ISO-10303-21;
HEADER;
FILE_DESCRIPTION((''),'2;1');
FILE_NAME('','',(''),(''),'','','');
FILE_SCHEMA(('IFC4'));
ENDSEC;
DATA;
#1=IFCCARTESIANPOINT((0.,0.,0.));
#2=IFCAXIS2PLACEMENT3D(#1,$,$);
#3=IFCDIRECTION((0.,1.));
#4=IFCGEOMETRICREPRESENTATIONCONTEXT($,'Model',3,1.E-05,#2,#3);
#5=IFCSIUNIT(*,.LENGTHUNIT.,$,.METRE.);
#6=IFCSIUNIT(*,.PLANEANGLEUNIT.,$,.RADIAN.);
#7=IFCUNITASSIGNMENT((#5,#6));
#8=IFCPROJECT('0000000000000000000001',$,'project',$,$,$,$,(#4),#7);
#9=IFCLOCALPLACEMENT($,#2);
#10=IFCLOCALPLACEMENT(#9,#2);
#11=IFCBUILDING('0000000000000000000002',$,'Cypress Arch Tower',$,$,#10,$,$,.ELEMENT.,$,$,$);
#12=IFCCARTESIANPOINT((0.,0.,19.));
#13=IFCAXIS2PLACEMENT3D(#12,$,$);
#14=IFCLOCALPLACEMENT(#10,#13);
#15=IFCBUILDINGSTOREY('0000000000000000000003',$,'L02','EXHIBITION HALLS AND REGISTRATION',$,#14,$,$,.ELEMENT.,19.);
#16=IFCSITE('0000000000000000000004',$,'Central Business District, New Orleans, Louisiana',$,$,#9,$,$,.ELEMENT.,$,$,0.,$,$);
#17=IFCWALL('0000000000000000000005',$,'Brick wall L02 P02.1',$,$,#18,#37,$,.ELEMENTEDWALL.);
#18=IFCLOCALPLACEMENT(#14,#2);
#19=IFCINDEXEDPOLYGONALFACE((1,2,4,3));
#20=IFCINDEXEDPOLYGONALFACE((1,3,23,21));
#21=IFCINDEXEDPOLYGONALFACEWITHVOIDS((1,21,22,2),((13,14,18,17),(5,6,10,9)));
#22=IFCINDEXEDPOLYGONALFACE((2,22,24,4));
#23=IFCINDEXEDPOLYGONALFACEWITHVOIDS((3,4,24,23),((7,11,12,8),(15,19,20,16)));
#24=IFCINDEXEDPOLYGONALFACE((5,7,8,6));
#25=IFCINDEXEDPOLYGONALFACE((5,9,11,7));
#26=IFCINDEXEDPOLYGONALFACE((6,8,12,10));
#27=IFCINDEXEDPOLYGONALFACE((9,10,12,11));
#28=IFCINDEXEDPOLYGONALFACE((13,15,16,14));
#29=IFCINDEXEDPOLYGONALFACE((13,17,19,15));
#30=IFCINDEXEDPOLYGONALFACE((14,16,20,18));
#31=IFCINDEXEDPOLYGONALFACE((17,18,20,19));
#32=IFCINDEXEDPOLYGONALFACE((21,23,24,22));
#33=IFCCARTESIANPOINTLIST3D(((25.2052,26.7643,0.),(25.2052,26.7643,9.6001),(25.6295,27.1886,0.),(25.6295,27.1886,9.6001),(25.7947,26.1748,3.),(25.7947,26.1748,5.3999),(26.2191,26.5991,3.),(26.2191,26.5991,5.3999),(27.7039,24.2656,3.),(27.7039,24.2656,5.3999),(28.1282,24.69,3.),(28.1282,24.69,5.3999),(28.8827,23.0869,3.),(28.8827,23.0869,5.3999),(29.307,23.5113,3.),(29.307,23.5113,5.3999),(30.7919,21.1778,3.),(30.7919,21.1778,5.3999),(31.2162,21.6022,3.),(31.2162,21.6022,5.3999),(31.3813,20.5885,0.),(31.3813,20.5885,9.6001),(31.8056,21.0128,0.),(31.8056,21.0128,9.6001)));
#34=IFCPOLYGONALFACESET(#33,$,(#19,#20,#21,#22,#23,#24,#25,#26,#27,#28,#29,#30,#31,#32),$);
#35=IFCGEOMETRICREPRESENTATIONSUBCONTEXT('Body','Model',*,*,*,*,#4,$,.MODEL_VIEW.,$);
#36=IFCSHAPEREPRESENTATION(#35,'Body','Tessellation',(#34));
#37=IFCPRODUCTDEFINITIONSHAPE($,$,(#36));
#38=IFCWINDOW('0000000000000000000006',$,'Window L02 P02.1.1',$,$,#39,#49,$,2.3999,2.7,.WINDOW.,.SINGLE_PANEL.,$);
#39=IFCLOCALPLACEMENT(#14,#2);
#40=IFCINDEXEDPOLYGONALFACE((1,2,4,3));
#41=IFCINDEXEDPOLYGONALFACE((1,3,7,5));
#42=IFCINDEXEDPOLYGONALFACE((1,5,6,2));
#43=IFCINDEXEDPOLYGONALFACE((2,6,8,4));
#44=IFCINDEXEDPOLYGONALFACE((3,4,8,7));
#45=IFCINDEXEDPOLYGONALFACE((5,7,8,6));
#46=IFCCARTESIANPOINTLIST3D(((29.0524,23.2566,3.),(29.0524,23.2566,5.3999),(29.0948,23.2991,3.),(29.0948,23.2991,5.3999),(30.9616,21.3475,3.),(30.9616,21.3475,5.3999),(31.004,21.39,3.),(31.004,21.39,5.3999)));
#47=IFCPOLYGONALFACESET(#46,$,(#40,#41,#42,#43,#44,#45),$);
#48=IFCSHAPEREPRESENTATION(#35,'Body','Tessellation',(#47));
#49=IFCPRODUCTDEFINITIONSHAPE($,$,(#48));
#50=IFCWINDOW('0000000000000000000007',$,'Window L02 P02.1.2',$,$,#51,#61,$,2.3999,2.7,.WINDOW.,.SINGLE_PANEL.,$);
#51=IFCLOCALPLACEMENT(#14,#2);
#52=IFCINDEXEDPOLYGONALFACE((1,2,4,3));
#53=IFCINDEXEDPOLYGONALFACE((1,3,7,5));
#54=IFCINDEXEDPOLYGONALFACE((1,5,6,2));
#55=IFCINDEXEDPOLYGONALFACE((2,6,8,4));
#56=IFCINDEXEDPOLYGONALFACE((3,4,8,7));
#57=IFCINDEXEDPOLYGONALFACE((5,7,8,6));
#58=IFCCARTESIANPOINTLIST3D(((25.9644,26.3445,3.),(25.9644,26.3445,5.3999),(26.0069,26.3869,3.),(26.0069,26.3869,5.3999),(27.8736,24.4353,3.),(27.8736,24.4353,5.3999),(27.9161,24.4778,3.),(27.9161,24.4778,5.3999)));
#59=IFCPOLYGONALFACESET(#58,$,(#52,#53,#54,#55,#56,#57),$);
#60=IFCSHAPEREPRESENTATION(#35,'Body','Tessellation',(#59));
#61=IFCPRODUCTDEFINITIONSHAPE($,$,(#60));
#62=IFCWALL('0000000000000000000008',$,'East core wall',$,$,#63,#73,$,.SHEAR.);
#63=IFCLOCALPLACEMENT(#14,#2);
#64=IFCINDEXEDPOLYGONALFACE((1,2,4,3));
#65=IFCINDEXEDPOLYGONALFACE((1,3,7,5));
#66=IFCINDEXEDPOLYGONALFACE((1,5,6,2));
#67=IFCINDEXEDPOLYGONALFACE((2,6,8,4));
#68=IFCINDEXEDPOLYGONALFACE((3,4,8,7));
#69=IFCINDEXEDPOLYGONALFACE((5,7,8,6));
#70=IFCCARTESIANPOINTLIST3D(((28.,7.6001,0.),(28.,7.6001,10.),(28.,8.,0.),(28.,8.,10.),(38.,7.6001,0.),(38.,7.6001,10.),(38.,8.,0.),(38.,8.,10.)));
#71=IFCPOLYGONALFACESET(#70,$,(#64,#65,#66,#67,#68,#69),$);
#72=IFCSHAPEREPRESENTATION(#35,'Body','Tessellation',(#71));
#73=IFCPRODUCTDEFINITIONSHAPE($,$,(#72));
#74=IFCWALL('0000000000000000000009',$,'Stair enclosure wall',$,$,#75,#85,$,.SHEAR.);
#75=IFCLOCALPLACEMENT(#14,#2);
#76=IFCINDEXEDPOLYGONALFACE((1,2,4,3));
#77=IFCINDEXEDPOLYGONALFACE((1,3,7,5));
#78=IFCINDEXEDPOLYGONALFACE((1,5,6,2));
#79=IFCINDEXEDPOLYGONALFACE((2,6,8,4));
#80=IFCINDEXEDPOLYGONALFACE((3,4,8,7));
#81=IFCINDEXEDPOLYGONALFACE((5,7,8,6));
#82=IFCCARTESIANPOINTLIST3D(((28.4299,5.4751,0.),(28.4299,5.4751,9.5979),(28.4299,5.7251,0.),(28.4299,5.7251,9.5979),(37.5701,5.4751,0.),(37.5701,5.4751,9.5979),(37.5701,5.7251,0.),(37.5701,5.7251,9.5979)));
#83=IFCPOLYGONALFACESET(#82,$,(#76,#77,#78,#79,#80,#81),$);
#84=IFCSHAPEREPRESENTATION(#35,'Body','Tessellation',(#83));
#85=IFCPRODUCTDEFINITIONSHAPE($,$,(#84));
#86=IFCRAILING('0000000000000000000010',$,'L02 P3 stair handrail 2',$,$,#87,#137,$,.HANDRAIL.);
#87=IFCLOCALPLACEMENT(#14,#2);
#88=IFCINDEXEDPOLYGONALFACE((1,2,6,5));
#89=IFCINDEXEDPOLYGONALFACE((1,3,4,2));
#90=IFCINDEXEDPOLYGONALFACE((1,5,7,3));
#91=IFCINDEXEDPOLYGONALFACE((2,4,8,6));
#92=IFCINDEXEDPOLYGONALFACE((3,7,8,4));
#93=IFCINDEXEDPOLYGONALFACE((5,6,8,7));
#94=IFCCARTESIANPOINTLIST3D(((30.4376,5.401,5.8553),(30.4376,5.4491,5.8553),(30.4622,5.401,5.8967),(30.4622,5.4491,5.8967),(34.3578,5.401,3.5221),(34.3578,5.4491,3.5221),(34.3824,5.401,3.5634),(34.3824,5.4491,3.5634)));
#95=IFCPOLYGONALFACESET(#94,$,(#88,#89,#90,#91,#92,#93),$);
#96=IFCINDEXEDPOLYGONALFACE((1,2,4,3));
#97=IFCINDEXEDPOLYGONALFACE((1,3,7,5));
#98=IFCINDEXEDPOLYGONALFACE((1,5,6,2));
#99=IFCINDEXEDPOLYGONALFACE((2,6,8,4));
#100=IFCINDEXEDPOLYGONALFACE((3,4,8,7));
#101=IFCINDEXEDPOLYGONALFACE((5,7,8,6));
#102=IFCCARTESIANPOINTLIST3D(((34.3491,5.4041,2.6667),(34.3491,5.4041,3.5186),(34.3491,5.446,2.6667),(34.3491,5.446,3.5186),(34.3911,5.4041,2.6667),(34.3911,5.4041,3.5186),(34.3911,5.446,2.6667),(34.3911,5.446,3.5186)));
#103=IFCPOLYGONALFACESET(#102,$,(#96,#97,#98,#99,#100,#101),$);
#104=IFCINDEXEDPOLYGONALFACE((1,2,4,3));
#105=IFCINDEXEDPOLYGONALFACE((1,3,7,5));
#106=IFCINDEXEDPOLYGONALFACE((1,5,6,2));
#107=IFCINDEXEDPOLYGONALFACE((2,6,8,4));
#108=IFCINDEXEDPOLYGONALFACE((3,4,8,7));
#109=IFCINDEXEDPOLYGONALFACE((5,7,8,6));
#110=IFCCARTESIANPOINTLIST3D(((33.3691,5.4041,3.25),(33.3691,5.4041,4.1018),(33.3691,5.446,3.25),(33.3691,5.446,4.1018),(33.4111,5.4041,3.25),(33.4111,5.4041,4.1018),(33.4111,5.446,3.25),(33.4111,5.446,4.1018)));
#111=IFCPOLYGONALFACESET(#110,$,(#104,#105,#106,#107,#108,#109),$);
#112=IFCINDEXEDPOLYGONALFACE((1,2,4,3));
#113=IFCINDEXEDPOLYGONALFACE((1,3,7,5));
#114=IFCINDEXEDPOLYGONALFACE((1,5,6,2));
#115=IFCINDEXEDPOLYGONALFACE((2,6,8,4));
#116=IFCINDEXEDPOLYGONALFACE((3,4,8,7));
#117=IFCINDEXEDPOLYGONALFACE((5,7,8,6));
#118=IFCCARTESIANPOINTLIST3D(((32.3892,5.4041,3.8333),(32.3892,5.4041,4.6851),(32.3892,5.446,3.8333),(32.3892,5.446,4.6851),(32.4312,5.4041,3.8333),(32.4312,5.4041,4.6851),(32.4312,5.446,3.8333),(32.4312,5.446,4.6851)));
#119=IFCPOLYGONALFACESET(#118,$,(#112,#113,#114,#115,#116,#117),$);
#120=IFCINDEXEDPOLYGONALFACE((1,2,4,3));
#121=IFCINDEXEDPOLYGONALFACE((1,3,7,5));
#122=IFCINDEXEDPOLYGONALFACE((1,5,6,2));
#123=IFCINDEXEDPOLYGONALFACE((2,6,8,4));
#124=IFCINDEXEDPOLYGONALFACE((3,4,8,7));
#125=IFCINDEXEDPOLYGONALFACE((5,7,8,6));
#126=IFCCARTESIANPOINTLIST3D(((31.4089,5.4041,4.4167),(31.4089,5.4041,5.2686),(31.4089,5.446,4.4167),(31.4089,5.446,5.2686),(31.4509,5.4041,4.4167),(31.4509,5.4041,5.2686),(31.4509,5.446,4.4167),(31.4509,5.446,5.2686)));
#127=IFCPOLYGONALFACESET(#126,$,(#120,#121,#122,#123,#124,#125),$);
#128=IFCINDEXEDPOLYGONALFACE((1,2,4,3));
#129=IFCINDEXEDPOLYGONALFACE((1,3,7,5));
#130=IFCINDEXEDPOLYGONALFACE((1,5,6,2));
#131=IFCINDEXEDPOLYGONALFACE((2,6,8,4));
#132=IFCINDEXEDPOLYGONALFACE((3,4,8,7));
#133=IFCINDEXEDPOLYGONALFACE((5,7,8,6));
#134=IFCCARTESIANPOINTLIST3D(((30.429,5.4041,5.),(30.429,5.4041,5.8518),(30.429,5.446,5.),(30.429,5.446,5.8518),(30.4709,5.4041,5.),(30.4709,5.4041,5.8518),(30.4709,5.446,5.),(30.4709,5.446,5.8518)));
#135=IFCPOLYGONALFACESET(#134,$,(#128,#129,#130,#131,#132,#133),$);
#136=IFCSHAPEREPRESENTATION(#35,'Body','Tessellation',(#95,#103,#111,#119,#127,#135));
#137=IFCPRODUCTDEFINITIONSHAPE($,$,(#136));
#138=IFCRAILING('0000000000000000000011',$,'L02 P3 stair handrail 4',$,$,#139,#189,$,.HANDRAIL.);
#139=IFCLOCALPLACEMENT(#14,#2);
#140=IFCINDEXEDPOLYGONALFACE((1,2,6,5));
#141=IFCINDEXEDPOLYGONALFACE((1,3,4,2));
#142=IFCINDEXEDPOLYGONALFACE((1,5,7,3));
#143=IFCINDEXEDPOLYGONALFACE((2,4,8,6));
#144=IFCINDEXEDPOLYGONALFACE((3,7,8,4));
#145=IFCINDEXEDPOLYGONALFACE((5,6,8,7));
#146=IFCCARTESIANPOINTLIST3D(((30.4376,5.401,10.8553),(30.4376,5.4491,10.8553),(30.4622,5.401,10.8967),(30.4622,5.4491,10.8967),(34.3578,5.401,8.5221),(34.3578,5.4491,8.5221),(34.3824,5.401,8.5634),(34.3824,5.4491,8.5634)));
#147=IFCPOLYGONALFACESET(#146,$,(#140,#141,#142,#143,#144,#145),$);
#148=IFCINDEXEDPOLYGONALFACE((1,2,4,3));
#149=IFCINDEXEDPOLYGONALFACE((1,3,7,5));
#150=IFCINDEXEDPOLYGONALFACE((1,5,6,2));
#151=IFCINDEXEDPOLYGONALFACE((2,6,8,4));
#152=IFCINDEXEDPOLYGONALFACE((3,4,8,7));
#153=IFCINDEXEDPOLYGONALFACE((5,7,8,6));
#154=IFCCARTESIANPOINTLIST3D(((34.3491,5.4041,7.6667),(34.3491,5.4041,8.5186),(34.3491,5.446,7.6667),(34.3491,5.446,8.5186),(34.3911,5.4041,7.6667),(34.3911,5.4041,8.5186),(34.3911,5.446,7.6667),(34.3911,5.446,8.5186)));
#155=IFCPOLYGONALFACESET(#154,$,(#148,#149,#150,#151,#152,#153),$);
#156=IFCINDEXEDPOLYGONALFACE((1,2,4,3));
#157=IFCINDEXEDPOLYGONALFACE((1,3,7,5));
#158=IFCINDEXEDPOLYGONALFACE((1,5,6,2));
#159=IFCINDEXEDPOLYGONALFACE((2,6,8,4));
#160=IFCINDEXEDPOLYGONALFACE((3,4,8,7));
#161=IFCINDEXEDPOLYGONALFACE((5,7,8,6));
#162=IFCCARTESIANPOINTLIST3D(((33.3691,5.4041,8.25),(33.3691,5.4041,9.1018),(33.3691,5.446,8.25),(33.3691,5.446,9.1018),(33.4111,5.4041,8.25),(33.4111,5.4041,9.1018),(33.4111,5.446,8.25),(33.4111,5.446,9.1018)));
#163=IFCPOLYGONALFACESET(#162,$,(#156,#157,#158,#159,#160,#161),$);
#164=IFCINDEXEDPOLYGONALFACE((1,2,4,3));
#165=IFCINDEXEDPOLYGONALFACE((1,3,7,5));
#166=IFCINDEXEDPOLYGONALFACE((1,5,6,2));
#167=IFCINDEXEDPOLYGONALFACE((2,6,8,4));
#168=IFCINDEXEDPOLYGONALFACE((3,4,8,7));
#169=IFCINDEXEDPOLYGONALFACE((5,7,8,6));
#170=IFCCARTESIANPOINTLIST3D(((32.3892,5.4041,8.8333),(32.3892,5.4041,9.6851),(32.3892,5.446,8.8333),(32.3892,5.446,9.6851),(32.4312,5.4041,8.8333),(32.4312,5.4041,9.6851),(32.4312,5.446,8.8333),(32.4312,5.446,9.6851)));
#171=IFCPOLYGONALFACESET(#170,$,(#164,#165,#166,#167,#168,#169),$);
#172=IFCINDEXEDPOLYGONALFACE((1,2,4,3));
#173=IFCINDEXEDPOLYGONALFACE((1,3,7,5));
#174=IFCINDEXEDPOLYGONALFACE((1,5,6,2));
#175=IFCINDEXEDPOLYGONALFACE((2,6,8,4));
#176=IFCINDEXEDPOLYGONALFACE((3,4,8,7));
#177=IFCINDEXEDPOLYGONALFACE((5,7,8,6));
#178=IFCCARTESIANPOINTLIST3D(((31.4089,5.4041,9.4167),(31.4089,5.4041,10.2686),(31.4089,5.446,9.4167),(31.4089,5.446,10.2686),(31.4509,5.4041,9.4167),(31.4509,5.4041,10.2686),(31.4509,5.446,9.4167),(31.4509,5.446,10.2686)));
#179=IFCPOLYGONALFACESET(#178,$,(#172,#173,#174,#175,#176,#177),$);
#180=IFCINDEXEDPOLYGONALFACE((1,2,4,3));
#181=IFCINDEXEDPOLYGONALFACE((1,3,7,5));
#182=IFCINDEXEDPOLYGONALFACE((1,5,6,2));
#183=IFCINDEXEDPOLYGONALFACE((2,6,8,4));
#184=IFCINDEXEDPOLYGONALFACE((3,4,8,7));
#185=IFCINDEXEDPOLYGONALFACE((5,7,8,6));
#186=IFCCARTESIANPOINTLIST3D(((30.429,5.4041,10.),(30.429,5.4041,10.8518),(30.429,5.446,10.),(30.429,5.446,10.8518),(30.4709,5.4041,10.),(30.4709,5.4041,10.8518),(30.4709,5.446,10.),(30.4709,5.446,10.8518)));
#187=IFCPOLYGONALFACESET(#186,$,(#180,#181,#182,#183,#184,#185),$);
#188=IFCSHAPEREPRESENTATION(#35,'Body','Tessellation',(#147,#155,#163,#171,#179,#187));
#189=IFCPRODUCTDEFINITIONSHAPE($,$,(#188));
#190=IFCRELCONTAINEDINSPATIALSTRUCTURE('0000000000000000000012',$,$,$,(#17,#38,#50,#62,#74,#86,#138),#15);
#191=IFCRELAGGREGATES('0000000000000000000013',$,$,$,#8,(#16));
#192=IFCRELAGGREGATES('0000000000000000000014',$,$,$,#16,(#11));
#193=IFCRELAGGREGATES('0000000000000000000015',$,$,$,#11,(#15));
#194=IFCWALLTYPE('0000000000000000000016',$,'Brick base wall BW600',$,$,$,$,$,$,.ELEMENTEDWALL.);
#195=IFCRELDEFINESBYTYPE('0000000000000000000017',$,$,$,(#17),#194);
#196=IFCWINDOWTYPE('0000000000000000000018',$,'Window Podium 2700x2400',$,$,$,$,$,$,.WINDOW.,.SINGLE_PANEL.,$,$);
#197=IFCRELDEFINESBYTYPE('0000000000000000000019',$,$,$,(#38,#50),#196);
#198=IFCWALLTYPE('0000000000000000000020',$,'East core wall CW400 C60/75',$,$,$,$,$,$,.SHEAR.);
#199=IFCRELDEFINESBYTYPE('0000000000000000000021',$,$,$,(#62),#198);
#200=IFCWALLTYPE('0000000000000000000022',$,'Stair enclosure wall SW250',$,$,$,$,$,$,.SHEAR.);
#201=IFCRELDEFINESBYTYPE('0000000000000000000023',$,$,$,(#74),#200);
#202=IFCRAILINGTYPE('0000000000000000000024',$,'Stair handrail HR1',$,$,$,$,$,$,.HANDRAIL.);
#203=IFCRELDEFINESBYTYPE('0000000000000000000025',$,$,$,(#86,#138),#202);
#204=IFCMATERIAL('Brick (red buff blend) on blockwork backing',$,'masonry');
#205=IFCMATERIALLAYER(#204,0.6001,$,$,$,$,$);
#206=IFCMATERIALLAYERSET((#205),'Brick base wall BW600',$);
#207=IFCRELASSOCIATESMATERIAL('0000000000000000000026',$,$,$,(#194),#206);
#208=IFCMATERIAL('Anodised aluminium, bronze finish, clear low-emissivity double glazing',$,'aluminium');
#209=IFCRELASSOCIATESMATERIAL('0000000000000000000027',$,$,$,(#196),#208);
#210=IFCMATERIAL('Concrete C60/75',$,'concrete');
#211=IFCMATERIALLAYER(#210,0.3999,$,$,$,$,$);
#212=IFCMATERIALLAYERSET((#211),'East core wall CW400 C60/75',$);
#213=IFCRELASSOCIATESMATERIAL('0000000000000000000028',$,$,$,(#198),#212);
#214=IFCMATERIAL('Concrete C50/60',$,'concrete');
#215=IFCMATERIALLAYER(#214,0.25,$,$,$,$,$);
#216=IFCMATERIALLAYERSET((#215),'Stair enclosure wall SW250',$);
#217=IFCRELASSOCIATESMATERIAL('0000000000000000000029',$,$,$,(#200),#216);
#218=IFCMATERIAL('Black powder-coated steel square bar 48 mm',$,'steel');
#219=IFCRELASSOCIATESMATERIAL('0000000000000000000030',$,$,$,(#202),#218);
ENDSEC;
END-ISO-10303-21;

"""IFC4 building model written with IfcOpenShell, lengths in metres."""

from ifc_helpers import new_model, si_unit, direction, frame, frame_2d, origin, origin_2d, place, context, subcontext, project, spatial, rectangle, extrude, material, layer, layer_set, type_object, element, fill, save


model = new_model("IFC4")

# Units and contexts
model_context = context("Model", 3, precision=1e-05, world=origin(), true_north=direction((0.0, 1.0)))
body_context = subcontext(model_context, "Body", "Model", "MODEL_VIEW")
ifc_project = project(units=[si_unit("LENGTHUNIT", "METRE"), si_unit("PLANEANGLEUNIT", "RADIAN")], contexts=[model_context])

# Site, building, storey
site_placement = place(None, origin())
site = spatial("IfcSite", under=ifc_project, at=site_placement, Name="Central Business District, New Orleans, Louisiana", CompositionType="ELEMENT", RefElevation=0.0)
building_placement = place(site_placement, origin())
building = spatial("IfcBuilding", under=site, at=building_placement, Name="Cypress Arch Tower", CompositionType="ELEMENT")
storey_placement = place(building_placement, frame((0.0, 0.0, 19.0)))
storey = spatial("IfcBuildingStorey", under=building, at=storey_placement, Name="L02", Description="EXHIBITION HALLS AND REGISTRATION", CompositionType="ELEMENT", Elevation=19.0)

# Wall, openings, windows
ifc_material_1 = material(Name="Brick (red buff blend) on blockwork backing", Category="masonry")
ifc_layer_1 = layer(ifc_material_1, 0.6001)
ifc_layer_set_1 = layer_set([ifc_layer_1], Name="Brick base wall BW600")
wall_type_1 = type_object("IfcWallType", Name="Brick base wall BW600", PredefinedType="ELEMENTEDWALL", material=ifc_layer_set_1)
ifc_material_2 = material(Name="Anodised aluminium, bronze finish, clear low-emissivity double glazing", Category="aluminium")
window_type_1 = type_object("IfcWindowType", Name="Window Podium 2700x2400", PartitioningType="SINGLE_PANEL", PredefinedType="WINDOW", material=ifc_material_2)
wall_1_placement = place(storey_placement, frame((31.5935, 20.8005, 0.0), z_axis=(0.0, 0.0, 1.0), x_axis=(-0.707121, 0.707093, 0.0)))
wall_1 = element("IfcWall", 1, at=wall_1_placement, inside=storey, type_object=wall_type_1, Name="Brick wall L02 P02.1", PredefinedType="ELEMENTEDWALL", context=body_context, shape_type="SweptSolid", body=[
    extrude(rectangle(XDim=8.7341, YDim=0.6001, at=frame_2d((4.3672, 0.0))), origin(), (0.0, 0.0, 1.0), 9.6001),
])
opening_1_placement = place(wall_1_placement, frame((0.8335, 0.0, 3.0)))
opening_1 = element("IfcOpeningElement", 2, at=opening_1_placement, cuts=wall_1, PredefinedType="OPENING", context=body_context, shape_type="SweptSolid", body=[
    extrude(rectangle(XDim=2.7, YDim=2.3999, at=frame_2d((1.3501, 1.2))), frame((0.0, 0.3101, 0.0), z_axis=(0.0, -1.0, 0.0), x_axis=(1.0, 0.0, 0.0)), (0.0, 0.0, 1.0), 0.6201),
])
opening_2_placement = place(wall_1_placement, frame((5.2004, 0.0, 3.0)))
opening_2 = element("IfcOpeningElement", 3, at=opening_2_placement, cuts=wall_1, PredefinedType="OPENING", context=body_context, shape_type="SweptSolid", body=[
    extrude(rectangle(XDim=2.7, YDim=2.3999, at=frame_2d((1.3501, 1.2))), frame((0.0, 0.3101, 0.0), z_axis=(0.0, -1.0, 0.0), x_axis=(1.0, 0.0, 0.0)), (0.0, 0.0, 1.0), 0.6201),
])
window_1_placement = place(opening_1_placement, origin())
window_1 = element("IfcWindow", 4, at=window_1_placement, inside=storey, type_object=window_type_1, Name="Window L02 P02.1.1", OverallHeight=2.3999, OverallWidth=2.7, PartitioningType="SINGLE_PANEL", PredefinedType="WINDOW", context=body_context, shape_type="SweptSolid", body=[
    extrude(rectangle(XDim=2.7, YDim=2.3999, at=frame_2d((1.3501, 1.2))), frame((0.0, 0.0601, 0.0), z_axis=(0.0, -1.0, 0.0), x_axis=(1.0, 0.0, 0.0)), (0.0, 0.0, 1.0), 0.0601),
])
fill(opening_1, window_1)
window_2_placement = place(opening_2_placement, origin())
window_2 = element("IfcWindow", 5, at=window_2_placement, inside=storey, type_object=window_type_1, Name="Window L02 P02.1.2", OverallHeight=2.3999, OverallWidth=2.7, PartitioningType="SINGLE_PANEL", PredefinedType="WINDOW", context=body_context, shape_type="SweptSolid", body=[
    extrude(rectangle(XDim=2.7, YDim=2.3999, at=frame_2d((1.3501, 1.2))), frame((0.0, 0.0601, 0.0), z_axis=(0.0, -1.0, 0.0), x_axis=(1.0, 0.0, 0.0)), (0.0, 0.0, 1.0), 0.0601),
])
fill(opening_2, window_2)

# Walls
ifc_material_3 = material(Name="Concrete C60/75", Category="concrete")
ifc_layer_2 = layer(ifc_material_3, 0.3999)
ifc_layer_set_2 = layer_set([ifc_layer_2], Name="East core wall CW400 C60/75")
wall_type_2 = type_object("IfcWallType", Name="East core wall CW400 C60/75", PredefinedType="SHEAR", material=ifc_layer_set_2)
wall_2_placement = place(storey_placement, frame((28.0, 7.8, 0.0), z_axis=(0.0, 0.0, 1.0), x_axis=(1.0, 0.0, 0.0)))
element("IfcWall", 6, at=wall_2_placement, inside=storey, type_object=wall_type_2, Name="East core wall", PredefinedType="SHEAR", context=body_context, shape_type="SweptSolid", body=[
    extrude(rectangle(XDim=10.0, YDim=0.3999, at=frame_2d((5.0, 0.0))), origin(), (0.0, 0.0, 1.0), 10.0),
])
ifc_material_4 = material(Name="Concrete C50/60", Category="concrete")
ifc_layer_3 = layer(ifc_material_4, 0.25)
ifc_layer_set_3 = layer_set([ifc_layer_3], Name="Stair enclosure wall SW250")
wall_type_3 = type_object("IfcWallType", Name="Stair enclosure wall SW250", PredefinedType="SHEAR", material=ifc_layer_set_3)
wall_3_placement = place(storey_placement, frame((28.4299, 5.6001, 0.0), z_axis=(0.0, 0.0, 1.0), x_axis=(1.0, 0.0, 0.0)))
element("IfcWall", 7, at=wall_3_placement, inside=storey, type_object=wall_type_3, Name="Stair enclosure wall", PredefinedType="SHEAR", context=body_context, shape_type="SweptSolid", body=[
    extrude(rectangle(XDim=9.1401, YDim=0.25, at=frame_2d((4.5701, 0.0))), origin(), (0.0, 0.0, 1.0), 9.5979),
])

# Railings
ifc_material_5 = material(Name="Black powder-coated steel square bar 48 mm", Category="steel")
railing_type = type_object("IfcRailingType", Name="Stair handrail HR1", PredefinedType="HANDRAIL", material=ifc_material_5)
for number, where, name in (
    (8, (34.3701, 5.425, 2.6667), "L02 P3 stair handrail 2"),
    (9, (34.3701, 5.425, 7.6667), "L02 P3 stair handrail 4"),
):
    element("IfcRailing", number, at=place(storey_placement, frame(where)), inside=storey, type_object=railing_type, Name=name, PredefinedType="HANDRAIL", context=body_context, shape_type="SweptSolid", body=[
        extrude(rectangle(XDim=0.0481, YDim=0.0481, at=origin_2d()), frame((0.0, 0.0, 0.876), z_axis=(-0.85931, 0.0, 0.511455), x_axis=(0.0, -1.0, 0.0)), (0.0, 0.0, 1.0), 4.562),
        extrude(rectangle(XDim=0.042, YDim=0.042, at=origin_2d()), origin(), (0.0, 0.0, 1.0), 0.8518),
        extrude(rectangle(XDim=0.042, YDim=0.042, at=origin_2d()), frame((-0.98, 0.0, 0.5833)), (0.0, 0.0, 1.0), 0.8518),
        extrude(rectangle(XDim=0.042, YDim=0.042, at=origin_2d()), frame((-1.96, 0.0, 1.1665)), (0.0, 0.0, 1.0), 0.8518),
        extrude(rectangle(XDim=0.042, YDim=0.042, at=origin_2d()), frame((-2.9402, 0.0, 1.75)), (0.0, 0.0, 1.0), 0.8518),
        extrude(rectangle(XDim=0.042, YDim=0.042, at=origin_2d()), frame((-3.9202, 0.0, 2.3333)), (0.0, 0.0, 1.0), 0.8518),
    ])

save(model, "model.ifc")
